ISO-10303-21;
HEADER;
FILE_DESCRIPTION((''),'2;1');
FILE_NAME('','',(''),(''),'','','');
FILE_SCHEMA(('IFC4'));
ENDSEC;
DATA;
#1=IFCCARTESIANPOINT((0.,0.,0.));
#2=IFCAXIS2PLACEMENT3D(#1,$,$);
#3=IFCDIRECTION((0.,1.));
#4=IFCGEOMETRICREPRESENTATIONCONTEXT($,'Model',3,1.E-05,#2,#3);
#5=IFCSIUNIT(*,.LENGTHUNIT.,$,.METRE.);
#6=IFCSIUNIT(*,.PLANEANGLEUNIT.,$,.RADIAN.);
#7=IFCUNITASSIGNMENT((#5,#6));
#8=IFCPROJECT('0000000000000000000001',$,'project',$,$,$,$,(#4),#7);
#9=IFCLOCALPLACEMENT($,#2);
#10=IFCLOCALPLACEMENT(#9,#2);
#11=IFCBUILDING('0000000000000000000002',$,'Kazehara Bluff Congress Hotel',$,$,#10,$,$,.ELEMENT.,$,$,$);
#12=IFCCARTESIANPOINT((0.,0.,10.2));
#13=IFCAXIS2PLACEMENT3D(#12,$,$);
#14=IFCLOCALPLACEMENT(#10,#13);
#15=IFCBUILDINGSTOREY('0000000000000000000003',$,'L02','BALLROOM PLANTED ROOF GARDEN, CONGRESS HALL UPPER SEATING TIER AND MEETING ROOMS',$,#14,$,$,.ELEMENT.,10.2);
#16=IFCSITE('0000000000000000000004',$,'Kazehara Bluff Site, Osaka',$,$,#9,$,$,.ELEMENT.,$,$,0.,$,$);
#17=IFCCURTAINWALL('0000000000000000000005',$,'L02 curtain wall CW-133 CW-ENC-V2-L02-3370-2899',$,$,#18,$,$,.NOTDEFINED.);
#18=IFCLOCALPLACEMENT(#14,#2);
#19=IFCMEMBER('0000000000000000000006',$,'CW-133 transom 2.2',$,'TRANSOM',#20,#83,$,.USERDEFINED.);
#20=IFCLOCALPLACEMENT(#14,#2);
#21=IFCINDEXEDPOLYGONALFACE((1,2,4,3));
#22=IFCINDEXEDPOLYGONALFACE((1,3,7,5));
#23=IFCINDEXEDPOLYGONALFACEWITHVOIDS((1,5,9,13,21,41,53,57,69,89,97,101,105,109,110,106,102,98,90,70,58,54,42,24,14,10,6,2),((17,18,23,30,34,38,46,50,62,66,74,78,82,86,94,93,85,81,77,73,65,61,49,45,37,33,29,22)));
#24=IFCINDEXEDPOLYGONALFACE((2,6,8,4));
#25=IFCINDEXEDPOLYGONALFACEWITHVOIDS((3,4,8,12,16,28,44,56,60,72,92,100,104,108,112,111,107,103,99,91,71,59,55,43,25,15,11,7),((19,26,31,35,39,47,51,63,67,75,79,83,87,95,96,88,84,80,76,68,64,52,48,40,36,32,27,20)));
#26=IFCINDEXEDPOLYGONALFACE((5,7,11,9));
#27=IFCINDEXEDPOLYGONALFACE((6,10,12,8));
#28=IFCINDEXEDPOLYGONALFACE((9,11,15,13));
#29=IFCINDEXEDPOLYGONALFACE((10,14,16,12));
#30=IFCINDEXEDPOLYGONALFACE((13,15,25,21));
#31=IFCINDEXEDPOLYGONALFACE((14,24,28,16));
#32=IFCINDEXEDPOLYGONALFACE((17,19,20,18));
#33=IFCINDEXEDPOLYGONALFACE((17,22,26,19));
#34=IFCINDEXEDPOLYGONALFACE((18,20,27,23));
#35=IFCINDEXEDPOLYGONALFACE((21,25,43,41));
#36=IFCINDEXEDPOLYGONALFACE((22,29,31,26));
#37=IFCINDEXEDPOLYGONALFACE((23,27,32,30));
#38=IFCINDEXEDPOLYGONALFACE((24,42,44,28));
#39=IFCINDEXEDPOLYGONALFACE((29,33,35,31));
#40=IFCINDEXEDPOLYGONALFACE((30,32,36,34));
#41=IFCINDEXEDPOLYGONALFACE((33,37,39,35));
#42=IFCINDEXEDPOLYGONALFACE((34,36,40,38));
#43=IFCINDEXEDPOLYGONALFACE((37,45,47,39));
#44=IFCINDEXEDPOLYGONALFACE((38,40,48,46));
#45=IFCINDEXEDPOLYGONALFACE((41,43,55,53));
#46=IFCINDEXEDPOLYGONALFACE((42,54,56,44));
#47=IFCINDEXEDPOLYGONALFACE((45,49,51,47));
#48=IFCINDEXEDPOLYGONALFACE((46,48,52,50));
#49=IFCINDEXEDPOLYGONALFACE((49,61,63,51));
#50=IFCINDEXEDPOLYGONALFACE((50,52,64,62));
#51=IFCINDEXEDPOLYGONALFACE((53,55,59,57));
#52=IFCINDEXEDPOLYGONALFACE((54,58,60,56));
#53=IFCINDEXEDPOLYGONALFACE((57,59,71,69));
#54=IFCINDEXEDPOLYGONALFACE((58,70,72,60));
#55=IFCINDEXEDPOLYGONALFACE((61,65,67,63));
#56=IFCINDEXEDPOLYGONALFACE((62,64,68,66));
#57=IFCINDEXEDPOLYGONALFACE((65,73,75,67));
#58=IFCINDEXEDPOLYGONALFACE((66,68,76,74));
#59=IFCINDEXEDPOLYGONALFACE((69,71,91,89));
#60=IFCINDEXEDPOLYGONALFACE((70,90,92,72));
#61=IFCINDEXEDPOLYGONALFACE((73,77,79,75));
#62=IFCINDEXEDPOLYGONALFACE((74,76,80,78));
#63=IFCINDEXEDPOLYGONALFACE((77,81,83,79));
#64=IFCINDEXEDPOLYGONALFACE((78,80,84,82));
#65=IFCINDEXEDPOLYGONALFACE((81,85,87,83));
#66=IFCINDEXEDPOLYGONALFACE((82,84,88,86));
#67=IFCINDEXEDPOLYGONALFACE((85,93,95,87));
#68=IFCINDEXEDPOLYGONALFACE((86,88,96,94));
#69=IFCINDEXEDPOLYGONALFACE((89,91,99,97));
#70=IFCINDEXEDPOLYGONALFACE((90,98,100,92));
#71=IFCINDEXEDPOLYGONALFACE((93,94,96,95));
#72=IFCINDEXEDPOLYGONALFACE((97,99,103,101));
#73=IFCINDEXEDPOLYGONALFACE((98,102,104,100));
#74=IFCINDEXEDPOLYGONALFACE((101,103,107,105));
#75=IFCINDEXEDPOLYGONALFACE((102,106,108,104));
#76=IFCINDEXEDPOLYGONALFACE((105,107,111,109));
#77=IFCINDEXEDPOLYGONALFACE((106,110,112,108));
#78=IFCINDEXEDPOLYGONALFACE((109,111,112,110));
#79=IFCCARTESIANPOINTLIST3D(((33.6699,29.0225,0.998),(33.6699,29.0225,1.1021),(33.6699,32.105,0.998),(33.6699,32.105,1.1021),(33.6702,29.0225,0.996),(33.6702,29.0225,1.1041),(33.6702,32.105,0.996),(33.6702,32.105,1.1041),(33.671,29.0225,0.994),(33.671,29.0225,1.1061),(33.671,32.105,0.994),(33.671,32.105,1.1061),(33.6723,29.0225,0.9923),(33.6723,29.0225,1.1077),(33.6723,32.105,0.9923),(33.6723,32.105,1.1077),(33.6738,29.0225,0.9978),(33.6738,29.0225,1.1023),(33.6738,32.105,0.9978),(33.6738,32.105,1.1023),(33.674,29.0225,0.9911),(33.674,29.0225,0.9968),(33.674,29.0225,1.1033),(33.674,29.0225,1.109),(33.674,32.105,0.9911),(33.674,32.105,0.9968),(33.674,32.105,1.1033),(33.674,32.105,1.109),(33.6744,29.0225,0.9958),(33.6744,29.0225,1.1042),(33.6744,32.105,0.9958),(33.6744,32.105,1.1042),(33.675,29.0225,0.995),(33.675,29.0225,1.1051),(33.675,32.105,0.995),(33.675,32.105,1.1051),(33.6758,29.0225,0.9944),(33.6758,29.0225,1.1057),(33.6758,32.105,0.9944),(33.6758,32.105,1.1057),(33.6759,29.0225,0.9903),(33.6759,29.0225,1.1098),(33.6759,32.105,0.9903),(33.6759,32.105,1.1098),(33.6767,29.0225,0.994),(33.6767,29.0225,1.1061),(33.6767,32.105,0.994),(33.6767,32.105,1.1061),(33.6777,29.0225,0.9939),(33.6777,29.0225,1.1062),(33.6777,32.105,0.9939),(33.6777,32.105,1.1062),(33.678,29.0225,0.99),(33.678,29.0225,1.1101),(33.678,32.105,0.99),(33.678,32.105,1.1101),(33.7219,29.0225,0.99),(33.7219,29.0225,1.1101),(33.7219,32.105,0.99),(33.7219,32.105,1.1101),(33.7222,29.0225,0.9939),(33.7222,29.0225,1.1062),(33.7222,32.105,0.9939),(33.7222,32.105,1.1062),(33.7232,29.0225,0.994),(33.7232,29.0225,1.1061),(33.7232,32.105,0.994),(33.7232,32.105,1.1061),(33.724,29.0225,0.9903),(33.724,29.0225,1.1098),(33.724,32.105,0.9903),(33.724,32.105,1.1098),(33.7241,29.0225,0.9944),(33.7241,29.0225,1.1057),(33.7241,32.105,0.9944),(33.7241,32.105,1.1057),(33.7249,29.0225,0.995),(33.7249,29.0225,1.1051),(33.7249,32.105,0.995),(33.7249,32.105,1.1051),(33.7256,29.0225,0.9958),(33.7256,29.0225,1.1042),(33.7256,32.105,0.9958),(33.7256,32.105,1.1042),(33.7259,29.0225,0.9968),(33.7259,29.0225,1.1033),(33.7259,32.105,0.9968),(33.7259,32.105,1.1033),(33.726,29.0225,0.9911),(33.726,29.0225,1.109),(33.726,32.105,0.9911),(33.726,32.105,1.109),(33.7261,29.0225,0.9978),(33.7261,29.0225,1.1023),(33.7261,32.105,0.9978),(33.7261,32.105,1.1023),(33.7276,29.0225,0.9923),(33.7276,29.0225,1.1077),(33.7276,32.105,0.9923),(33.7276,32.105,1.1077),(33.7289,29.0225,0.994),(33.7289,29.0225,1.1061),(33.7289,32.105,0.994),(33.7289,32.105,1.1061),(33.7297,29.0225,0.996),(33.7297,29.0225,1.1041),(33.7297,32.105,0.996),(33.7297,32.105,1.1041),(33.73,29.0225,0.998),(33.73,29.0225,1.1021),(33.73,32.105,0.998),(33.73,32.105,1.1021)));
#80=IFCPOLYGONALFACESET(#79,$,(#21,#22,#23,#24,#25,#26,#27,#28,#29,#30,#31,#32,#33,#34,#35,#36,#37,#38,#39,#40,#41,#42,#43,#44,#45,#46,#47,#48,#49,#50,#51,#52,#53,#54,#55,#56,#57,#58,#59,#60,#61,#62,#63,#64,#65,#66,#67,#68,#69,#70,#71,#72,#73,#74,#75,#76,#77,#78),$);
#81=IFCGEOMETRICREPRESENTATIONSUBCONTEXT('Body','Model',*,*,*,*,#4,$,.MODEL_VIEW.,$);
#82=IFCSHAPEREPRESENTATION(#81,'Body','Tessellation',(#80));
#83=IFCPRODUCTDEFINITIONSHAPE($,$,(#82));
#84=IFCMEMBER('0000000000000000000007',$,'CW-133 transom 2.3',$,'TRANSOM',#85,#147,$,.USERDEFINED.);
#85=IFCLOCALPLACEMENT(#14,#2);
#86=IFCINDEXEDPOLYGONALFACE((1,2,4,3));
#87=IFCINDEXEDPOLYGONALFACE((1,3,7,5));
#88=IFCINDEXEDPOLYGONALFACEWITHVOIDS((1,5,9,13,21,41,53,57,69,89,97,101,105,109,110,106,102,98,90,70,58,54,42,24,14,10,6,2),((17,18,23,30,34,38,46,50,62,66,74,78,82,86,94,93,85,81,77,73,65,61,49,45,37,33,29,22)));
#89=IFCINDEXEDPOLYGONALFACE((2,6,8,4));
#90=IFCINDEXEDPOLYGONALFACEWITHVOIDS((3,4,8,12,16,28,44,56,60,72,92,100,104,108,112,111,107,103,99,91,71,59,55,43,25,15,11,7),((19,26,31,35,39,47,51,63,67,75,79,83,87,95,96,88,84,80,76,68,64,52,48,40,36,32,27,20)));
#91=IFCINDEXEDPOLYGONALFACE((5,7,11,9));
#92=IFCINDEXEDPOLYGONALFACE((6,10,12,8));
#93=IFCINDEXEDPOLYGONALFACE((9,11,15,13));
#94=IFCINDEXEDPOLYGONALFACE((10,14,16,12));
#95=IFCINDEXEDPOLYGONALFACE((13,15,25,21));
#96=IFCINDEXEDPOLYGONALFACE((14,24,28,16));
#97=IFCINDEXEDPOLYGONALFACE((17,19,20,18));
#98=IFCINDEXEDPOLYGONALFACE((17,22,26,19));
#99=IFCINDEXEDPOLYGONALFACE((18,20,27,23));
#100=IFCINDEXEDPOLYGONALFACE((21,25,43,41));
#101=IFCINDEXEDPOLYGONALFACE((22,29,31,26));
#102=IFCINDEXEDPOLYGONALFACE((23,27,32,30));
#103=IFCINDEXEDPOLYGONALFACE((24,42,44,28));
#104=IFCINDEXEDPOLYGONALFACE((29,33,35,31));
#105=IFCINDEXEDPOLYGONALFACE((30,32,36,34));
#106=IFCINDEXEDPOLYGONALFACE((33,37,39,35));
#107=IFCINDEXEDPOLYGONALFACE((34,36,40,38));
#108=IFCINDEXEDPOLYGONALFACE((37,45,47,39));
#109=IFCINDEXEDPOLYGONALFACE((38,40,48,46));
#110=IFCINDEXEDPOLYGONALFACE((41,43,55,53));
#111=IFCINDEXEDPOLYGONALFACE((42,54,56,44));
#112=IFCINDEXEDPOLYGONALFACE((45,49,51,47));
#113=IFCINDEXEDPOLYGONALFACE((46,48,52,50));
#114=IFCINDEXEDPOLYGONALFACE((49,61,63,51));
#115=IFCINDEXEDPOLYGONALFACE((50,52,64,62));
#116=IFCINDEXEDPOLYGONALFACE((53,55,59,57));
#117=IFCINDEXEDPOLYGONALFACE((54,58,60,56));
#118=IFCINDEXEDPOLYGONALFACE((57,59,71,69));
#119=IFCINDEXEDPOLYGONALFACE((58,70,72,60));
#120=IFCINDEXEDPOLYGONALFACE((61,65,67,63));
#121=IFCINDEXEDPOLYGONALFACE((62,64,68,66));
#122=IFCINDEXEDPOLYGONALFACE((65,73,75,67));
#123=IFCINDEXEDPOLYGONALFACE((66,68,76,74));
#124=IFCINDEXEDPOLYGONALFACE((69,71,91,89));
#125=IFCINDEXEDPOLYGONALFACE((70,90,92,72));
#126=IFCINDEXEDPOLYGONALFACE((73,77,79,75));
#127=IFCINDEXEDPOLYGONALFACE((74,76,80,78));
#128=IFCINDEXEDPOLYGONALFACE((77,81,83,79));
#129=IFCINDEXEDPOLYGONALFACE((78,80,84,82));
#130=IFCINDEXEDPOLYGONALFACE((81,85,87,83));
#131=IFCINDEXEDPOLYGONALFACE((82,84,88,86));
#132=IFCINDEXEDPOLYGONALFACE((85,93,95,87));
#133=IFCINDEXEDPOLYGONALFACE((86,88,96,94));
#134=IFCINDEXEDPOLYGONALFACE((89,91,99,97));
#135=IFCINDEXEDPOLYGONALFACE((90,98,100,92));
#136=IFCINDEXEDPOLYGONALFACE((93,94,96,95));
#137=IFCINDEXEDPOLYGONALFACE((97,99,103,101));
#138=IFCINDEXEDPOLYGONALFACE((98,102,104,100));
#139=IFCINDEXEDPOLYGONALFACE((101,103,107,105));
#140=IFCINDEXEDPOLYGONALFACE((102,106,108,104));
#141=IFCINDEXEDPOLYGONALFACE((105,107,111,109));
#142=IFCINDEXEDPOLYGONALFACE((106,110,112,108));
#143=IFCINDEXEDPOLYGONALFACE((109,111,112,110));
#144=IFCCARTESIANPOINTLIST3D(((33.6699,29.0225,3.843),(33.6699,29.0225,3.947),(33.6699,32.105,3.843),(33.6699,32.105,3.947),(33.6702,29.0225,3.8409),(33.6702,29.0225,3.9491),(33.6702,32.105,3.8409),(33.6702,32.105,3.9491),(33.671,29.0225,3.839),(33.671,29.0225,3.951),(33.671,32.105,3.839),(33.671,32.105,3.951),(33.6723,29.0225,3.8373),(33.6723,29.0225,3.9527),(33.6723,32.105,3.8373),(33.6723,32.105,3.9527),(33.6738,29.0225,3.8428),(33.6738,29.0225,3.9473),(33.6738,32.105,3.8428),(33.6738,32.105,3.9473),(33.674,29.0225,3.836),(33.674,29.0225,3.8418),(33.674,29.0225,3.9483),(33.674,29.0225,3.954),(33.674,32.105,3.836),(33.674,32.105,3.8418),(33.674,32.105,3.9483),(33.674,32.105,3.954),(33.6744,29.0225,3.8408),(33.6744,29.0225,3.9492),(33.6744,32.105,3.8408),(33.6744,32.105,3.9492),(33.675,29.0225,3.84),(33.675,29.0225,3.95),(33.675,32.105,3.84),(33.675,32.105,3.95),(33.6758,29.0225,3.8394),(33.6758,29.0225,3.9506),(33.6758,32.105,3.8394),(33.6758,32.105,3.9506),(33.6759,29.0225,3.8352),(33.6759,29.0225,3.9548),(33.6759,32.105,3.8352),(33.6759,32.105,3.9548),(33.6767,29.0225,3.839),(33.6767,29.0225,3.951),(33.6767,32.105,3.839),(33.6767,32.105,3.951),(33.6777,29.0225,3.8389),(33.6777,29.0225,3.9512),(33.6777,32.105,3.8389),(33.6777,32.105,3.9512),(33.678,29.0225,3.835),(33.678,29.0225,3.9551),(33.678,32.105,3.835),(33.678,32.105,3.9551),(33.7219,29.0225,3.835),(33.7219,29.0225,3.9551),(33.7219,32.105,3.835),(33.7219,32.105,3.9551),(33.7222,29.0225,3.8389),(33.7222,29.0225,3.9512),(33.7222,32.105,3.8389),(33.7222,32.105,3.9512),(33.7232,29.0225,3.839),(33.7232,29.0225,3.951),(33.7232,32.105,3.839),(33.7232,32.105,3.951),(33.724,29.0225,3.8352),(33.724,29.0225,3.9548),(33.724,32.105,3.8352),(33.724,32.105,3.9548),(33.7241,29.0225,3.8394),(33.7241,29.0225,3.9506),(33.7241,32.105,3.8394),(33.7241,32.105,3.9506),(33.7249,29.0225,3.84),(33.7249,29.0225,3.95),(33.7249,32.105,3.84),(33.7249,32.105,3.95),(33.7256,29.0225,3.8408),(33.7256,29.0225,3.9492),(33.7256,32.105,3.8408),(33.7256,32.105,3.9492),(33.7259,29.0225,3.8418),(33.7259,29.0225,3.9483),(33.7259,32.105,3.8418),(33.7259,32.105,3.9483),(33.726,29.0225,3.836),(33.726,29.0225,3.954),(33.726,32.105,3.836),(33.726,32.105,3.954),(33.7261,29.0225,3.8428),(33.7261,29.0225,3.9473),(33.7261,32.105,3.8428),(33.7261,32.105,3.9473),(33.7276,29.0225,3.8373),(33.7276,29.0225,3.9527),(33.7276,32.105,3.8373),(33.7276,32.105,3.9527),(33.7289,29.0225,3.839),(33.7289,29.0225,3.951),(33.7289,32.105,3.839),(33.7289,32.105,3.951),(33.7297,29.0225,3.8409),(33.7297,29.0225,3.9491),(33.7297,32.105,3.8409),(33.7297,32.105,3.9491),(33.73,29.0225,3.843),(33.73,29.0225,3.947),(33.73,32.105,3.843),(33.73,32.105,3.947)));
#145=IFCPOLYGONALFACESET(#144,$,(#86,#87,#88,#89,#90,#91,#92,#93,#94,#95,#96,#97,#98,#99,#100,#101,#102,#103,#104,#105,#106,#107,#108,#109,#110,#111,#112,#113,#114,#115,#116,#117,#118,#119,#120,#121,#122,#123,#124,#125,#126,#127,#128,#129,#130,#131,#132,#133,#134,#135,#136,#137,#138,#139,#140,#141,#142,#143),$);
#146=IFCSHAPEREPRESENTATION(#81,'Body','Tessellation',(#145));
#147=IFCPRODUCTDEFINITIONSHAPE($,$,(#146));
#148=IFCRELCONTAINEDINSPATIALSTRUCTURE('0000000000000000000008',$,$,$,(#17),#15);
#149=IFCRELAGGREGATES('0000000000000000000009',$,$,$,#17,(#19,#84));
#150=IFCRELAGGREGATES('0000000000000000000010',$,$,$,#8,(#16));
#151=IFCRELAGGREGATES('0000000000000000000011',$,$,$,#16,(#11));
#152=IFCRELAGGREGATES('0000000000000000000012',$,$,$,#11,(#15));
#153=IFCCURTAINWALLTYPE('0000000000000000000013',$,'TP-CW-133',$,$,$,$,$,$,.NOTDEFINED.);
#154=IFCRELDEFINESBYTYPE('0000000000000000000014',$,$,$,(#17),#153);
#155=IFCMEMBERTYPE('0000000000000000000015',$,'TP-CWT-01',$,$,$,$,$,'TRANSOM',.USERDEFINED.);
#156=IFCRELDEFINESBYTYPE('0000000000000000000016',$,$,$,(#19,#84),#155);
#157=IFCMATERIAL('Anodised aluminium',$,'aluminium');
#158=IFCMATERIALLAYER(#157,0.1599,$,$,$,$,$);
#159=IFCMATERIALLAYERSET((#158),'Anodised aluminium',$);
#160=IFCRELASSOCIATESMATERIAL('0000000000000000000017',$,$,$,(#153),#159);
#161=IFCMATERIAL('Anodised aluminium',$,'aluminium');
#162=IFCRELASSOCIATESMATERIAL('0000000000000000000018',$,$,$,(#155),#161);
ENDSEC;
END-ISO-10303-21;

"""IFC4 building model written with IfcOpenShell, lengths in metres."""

from ifc_helpers import new_model, si_unit, direction, frame, origin, origin_2d, place, context, subcontext, project, spatial, hollow_rectangle, extrude, material, layer, layer_set, material_profile, profile_set, type_object, element, aggregate, save


model = new_model("IFC4")

# Units and contexts
model_context = context("Model", 3, precision=1e-05, world=origin(), true_north=direction((0.0, 1.0)))
body_context = subcontext(model_context, "Body", "Model", "MODEL_VIEW")
ifc_project = project(units=[si_unit("LENGTHUNIT", "METRE"), si_unit("PLANEANGLEUNIT", "RADIAN")], contexts=[model_context])

# Site, building, storey
site_placement = place(None, origin())
site = spatial("IfcSite", under=ifc_project, at=site_placement, Name="Kazehara Bluff Site, Osaka", CompositionType="ELEMENT", RefElevation=0.0)
building_placement = place(site_placement, origin())
building = spatial("IfcBuilding", under=site, at=building_placement, Name="Kazehara Bluff Congress Hotel", CompositionType="ELEMENT")
storey_placement = place(building_placement, frame((0.0, 0.0, 10.2)))
storey = spatial("IfcBuildingStorey", under=building, at=storey_placement, Name="L02", Description="BALLROOM PLANTED ROOF GARDEN, CONGRESS HALL UPPER SEATING TIER AND MEETING ROOMS", CompositionType="ELEMENT", Elevation=10.2)

# Curtain wall, members
ifc_material_1 = material(Name="Anodised aluminium", Category="aluminium")
ifc_layer_1 = layer(ifc_material_1, 0.1599)
ifc_layer_set_1 = layer_set([ifc_layer_1], Name="Anodised aluminium")
curtain_wall_type_1 = type_object("IfcCurtainWallType", Name="TP-CW-133", PredefinedType="NOTDEFINED", material=ifc_layer_set_1)
curtain_wall_1_placement = place(storey_placement, origin())
curtain_wall_1 = element("IfcCurtainWall", 1, at=curtain_wall_1_placement, inside=storey, type_object=curtain_wall_type_1, Name="L02 curtain wall CW-133 CW-ENC-V2-L02-3370-2899", PredefinedType="NOTDEFINED")
ifc_material_2 = material(Name="Anodised aluminium", Category="aluminium")
ifc_material_profile_1 = material_profile(ifc_material_2, hollow_rectangle(XDim=0.0601, YDim=0.1201, WallThickness=0.0039, InnerFilletRadius=0.0039, OuterFilletRadius=0.0081, at=origin_2d()))
ifc_profile_set_1 = profile_set([ifc_material_profile_1], Name="Anodised aluminium")
member_type_1 = type_object("IfcMemberType", Name="TP-CWT-01", ElementType="TRANSOM", PredefinedType="USERDEFINED", material=ifc_profile_set_1)
member_1_placement = place(storey_placement, frame((33.7, 29.0225, 1.05), z_axis=(0.0, 1.0, 0.0), x_axis=(-1.0, 0.0, 0.0)))
member_1 = element("IfcMember", 2, at=member_1_placement, type_object=member_type_1, Name="CW-133 transom 2.2", ObjectType="TRANSOM", PredefinedType="USERDEFINED", context=body_context, shape_type="SweptSolid", body=[
    extrude(hollow_rectangle(XDim=0.0601, YDim=0.1201, WallThickness=0.0039, InnerFilletRadius=0.0039, OuterFilletRadius=0.0081, at=origin_2d()), origin(), (0.0, 0.0, 1.0), 3.0825),
])
member_2_placement = place(storey_placement, frame((33.7, 29.0225, 3.895), z_axis=(0.0, 1.0, 0.0), x_axis=(-1.0, 0.0, 0.0)))
member_2 = element("IfcMember", 3, at=member_2_placement, type_object=member_type_1, Name="CW-133 transom 2.3", ObjectType="TRANSOM", PredefinedType="USERDEFINED", context=body_context, shape_type="SweptSolid", body=[
    extrude(hollow_rectangle(XDim=0.0601, YDim=0.1201, WallThickness=0.0039, InnerFilletRadius=0.0039, OuterFilletRadius=0.0081, at=origin_2d()), origin(), (0.0, 0.0, 1.0), 3.0825),
])

aggregate(curtain_wall_1, [member_1, member_2])

save(model, "model.ifc")
